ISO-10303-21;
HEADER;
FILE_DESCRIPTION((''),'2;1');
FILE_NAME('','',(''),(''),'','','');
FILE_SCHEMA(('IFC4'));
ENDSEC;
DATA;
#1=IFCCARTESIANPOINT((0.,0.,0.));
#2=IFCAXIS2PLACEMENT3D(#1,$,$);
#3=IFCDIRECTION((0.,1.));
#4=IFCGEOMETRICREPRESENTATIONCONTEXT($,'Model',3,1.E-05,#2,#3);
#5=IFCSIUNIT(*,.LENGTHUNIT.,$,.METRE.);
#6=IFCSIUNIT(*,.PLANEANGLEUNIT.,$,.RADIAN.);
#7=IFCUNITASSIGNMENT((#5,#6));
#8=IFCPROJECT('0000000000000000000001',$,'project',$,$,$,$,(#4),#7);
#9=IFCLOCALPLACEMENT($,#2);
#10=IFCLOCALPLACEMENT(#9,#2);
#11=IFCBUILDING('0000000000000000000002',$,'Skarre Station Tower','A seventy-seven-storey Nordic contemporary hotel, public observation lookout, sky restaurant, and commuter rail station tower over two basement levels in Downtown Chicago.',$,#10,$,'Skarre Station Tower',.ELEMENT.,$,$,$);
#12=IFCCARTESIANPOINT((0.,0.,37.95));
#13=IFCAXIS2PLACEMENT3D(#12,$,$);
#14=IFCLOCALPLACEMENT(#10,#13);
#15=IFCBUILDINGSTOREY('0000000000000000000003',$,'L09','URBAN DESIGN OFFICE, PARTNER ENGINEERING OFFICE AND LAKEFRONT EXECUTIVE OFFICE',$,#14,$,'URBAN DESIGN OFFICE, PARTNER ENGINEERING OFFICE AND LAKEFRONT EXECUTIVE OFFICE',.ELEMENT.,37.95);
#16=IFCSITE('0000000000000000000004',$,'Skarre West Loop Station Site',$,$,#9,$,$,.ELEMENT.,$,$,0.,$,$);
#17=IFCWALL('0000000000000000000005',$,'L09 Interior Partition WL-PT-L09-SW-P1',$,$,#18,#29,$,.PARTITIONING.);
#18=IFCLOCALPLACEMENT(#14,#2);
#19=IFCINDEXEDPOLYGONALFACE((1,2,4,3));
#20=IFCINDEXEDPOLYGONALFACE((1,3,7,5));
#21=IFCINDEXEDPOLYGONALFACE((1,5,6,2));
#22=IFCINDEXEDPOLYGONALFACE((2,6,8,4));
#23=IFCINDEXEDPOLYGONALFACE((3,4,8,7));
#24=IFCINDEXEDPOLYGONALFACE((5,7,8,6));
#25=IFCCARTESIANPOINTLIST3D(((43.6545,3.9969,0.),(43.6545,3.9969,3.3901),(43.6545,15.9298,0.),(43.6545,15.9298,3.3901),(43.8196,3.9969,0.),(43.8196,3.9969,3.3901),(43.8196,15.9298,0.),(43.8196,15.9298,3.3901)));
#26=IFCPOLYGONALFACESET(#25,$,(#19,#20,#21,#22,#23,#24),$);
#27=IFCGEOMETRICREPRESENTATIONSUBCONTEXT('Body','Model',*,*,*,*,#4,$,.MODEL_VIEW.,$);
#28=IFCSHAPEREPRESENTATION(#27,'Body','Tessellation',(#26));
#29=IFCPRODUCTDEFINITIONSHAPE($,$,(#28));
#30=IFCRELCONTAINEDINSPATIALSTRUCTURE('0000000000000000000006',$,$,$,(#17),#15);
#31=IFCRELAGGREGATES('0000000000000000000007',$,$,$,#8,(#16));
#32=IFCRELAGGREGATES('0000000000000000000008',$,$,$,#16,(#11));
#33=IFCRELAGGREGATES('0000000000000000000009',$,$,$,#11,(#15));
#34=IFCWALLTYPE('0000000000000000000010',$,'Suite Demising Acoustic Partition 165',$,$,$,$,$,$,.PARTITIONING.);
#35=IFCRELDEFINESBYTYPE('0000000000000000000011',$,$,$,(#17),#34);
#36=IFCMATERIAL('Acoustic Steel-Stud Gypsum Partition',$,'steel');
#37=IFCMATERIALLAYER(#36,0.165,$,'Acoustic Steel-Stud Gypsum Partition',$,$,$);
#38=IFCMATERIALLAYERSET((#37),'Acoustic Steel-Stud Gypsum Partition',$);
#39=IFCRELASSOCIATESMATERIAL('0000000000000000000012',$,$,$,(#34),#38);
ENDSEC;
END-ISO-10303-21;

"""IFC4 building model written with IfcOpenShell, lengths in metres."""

from ifc_helpers import new_model, si_unit, direction, frame, frame_2d, origin, place, context, subcontext, project, spatial, rectangle, extrude, material, layer, layer_set, type_object, element, save


model = new_model("IFC4")

# Units and contexts
model_context = context("Model", 3, precision=1e-05, world=origin(), true_north=direction((0.0, 1.0)))
body_context = subcontext(model_context, "Body", "Model", "MODEL_VIEW")
ifc_project = project(units=[si_unit("LENGTHUNIT", "METRE"), si_unit("PLANEANGLEUNIT", "RADIAN")], contexts=[model_context])

# Site, building, storey
site_placement = place(None, origin())
site = spatial("IfcSite", under=ifc_project, at=site_placement, Name="Skarre West Loop Station Site", CompositionType="ELEMENT", RefElevation=0.0)
building_placement = place(site_placement, origin())
building = spatial("IfcBuilding", under=site, at=building_placement, Name="Skarre Station Tower", Description="A seventy-seven-storey Nordic contemporary hotel, public observation lookout, sky restaurant, and commuter rail station tower over two basement levels in Downtown Chicago.", LongName="Skarre Station Tower", CompositionType="ELEMENT")
storey_placement = place(building_placement, frame((0.0, 0.0, 37.95)))
storey = spatial("IfcBuildingStorey", under=building, at=storey_placement, Name="L09", Description="URBAN DESIGN OFFICE, PARTNER ENGINEERING OFFICE AND LAKEFRONT EXECUTIVE OFFICE", LongName="URBAN DESIGN OFFICE, PARTNER ENGINEERING OFFICE AND LAKEFRONT EXECUTIVE OFFICE", CompositionType="ELEMENT", Elevation=37.95)

# Shared definitions
ifc_material_1 = material(Name="Acoustic Steel-Stud Gypsum Partition", Category="steel")

# Wall
ifc_layer_1 = layer(ifc_material_1, 0.165, Name="Acoustic Steel-Stud Gypsum Partition")
ifc_layer_set_1 = layer_set([ifc_layer_1], Name="Acoustic Steel-Stud Gypsum Partition")
wall_type_1 = type_object("IfcWallType", Name="Suite Demising Acoustic Partition 165", PredefinedType="PARTITIONING", material=ifc_layer_set_1)
wall_1_placement = place(storey_placement, frame((43.7371, 3.9971, 0.0), z_axis=(0.0, 0.0, 1.0), x_axis=(0.0, 1.0, 0.0)))
element("IfcWall", 1, at=wall_1_placement, inside=storey, type_object=wall_type_1, Name="L09 Interior Partition WL-PT-L09-SW-P1", PredefinedType="PARTITIONING", context=body_context, shape_type="SweptSolid", body=[
    extrude(rectangle(XDim=11.9329, YDim=0.165, at=frame_2d((5.9663, 0.0))), origin(), (0.0, 0.0, 1.0), 3.3901),
])

save(model, "model.ifc")
